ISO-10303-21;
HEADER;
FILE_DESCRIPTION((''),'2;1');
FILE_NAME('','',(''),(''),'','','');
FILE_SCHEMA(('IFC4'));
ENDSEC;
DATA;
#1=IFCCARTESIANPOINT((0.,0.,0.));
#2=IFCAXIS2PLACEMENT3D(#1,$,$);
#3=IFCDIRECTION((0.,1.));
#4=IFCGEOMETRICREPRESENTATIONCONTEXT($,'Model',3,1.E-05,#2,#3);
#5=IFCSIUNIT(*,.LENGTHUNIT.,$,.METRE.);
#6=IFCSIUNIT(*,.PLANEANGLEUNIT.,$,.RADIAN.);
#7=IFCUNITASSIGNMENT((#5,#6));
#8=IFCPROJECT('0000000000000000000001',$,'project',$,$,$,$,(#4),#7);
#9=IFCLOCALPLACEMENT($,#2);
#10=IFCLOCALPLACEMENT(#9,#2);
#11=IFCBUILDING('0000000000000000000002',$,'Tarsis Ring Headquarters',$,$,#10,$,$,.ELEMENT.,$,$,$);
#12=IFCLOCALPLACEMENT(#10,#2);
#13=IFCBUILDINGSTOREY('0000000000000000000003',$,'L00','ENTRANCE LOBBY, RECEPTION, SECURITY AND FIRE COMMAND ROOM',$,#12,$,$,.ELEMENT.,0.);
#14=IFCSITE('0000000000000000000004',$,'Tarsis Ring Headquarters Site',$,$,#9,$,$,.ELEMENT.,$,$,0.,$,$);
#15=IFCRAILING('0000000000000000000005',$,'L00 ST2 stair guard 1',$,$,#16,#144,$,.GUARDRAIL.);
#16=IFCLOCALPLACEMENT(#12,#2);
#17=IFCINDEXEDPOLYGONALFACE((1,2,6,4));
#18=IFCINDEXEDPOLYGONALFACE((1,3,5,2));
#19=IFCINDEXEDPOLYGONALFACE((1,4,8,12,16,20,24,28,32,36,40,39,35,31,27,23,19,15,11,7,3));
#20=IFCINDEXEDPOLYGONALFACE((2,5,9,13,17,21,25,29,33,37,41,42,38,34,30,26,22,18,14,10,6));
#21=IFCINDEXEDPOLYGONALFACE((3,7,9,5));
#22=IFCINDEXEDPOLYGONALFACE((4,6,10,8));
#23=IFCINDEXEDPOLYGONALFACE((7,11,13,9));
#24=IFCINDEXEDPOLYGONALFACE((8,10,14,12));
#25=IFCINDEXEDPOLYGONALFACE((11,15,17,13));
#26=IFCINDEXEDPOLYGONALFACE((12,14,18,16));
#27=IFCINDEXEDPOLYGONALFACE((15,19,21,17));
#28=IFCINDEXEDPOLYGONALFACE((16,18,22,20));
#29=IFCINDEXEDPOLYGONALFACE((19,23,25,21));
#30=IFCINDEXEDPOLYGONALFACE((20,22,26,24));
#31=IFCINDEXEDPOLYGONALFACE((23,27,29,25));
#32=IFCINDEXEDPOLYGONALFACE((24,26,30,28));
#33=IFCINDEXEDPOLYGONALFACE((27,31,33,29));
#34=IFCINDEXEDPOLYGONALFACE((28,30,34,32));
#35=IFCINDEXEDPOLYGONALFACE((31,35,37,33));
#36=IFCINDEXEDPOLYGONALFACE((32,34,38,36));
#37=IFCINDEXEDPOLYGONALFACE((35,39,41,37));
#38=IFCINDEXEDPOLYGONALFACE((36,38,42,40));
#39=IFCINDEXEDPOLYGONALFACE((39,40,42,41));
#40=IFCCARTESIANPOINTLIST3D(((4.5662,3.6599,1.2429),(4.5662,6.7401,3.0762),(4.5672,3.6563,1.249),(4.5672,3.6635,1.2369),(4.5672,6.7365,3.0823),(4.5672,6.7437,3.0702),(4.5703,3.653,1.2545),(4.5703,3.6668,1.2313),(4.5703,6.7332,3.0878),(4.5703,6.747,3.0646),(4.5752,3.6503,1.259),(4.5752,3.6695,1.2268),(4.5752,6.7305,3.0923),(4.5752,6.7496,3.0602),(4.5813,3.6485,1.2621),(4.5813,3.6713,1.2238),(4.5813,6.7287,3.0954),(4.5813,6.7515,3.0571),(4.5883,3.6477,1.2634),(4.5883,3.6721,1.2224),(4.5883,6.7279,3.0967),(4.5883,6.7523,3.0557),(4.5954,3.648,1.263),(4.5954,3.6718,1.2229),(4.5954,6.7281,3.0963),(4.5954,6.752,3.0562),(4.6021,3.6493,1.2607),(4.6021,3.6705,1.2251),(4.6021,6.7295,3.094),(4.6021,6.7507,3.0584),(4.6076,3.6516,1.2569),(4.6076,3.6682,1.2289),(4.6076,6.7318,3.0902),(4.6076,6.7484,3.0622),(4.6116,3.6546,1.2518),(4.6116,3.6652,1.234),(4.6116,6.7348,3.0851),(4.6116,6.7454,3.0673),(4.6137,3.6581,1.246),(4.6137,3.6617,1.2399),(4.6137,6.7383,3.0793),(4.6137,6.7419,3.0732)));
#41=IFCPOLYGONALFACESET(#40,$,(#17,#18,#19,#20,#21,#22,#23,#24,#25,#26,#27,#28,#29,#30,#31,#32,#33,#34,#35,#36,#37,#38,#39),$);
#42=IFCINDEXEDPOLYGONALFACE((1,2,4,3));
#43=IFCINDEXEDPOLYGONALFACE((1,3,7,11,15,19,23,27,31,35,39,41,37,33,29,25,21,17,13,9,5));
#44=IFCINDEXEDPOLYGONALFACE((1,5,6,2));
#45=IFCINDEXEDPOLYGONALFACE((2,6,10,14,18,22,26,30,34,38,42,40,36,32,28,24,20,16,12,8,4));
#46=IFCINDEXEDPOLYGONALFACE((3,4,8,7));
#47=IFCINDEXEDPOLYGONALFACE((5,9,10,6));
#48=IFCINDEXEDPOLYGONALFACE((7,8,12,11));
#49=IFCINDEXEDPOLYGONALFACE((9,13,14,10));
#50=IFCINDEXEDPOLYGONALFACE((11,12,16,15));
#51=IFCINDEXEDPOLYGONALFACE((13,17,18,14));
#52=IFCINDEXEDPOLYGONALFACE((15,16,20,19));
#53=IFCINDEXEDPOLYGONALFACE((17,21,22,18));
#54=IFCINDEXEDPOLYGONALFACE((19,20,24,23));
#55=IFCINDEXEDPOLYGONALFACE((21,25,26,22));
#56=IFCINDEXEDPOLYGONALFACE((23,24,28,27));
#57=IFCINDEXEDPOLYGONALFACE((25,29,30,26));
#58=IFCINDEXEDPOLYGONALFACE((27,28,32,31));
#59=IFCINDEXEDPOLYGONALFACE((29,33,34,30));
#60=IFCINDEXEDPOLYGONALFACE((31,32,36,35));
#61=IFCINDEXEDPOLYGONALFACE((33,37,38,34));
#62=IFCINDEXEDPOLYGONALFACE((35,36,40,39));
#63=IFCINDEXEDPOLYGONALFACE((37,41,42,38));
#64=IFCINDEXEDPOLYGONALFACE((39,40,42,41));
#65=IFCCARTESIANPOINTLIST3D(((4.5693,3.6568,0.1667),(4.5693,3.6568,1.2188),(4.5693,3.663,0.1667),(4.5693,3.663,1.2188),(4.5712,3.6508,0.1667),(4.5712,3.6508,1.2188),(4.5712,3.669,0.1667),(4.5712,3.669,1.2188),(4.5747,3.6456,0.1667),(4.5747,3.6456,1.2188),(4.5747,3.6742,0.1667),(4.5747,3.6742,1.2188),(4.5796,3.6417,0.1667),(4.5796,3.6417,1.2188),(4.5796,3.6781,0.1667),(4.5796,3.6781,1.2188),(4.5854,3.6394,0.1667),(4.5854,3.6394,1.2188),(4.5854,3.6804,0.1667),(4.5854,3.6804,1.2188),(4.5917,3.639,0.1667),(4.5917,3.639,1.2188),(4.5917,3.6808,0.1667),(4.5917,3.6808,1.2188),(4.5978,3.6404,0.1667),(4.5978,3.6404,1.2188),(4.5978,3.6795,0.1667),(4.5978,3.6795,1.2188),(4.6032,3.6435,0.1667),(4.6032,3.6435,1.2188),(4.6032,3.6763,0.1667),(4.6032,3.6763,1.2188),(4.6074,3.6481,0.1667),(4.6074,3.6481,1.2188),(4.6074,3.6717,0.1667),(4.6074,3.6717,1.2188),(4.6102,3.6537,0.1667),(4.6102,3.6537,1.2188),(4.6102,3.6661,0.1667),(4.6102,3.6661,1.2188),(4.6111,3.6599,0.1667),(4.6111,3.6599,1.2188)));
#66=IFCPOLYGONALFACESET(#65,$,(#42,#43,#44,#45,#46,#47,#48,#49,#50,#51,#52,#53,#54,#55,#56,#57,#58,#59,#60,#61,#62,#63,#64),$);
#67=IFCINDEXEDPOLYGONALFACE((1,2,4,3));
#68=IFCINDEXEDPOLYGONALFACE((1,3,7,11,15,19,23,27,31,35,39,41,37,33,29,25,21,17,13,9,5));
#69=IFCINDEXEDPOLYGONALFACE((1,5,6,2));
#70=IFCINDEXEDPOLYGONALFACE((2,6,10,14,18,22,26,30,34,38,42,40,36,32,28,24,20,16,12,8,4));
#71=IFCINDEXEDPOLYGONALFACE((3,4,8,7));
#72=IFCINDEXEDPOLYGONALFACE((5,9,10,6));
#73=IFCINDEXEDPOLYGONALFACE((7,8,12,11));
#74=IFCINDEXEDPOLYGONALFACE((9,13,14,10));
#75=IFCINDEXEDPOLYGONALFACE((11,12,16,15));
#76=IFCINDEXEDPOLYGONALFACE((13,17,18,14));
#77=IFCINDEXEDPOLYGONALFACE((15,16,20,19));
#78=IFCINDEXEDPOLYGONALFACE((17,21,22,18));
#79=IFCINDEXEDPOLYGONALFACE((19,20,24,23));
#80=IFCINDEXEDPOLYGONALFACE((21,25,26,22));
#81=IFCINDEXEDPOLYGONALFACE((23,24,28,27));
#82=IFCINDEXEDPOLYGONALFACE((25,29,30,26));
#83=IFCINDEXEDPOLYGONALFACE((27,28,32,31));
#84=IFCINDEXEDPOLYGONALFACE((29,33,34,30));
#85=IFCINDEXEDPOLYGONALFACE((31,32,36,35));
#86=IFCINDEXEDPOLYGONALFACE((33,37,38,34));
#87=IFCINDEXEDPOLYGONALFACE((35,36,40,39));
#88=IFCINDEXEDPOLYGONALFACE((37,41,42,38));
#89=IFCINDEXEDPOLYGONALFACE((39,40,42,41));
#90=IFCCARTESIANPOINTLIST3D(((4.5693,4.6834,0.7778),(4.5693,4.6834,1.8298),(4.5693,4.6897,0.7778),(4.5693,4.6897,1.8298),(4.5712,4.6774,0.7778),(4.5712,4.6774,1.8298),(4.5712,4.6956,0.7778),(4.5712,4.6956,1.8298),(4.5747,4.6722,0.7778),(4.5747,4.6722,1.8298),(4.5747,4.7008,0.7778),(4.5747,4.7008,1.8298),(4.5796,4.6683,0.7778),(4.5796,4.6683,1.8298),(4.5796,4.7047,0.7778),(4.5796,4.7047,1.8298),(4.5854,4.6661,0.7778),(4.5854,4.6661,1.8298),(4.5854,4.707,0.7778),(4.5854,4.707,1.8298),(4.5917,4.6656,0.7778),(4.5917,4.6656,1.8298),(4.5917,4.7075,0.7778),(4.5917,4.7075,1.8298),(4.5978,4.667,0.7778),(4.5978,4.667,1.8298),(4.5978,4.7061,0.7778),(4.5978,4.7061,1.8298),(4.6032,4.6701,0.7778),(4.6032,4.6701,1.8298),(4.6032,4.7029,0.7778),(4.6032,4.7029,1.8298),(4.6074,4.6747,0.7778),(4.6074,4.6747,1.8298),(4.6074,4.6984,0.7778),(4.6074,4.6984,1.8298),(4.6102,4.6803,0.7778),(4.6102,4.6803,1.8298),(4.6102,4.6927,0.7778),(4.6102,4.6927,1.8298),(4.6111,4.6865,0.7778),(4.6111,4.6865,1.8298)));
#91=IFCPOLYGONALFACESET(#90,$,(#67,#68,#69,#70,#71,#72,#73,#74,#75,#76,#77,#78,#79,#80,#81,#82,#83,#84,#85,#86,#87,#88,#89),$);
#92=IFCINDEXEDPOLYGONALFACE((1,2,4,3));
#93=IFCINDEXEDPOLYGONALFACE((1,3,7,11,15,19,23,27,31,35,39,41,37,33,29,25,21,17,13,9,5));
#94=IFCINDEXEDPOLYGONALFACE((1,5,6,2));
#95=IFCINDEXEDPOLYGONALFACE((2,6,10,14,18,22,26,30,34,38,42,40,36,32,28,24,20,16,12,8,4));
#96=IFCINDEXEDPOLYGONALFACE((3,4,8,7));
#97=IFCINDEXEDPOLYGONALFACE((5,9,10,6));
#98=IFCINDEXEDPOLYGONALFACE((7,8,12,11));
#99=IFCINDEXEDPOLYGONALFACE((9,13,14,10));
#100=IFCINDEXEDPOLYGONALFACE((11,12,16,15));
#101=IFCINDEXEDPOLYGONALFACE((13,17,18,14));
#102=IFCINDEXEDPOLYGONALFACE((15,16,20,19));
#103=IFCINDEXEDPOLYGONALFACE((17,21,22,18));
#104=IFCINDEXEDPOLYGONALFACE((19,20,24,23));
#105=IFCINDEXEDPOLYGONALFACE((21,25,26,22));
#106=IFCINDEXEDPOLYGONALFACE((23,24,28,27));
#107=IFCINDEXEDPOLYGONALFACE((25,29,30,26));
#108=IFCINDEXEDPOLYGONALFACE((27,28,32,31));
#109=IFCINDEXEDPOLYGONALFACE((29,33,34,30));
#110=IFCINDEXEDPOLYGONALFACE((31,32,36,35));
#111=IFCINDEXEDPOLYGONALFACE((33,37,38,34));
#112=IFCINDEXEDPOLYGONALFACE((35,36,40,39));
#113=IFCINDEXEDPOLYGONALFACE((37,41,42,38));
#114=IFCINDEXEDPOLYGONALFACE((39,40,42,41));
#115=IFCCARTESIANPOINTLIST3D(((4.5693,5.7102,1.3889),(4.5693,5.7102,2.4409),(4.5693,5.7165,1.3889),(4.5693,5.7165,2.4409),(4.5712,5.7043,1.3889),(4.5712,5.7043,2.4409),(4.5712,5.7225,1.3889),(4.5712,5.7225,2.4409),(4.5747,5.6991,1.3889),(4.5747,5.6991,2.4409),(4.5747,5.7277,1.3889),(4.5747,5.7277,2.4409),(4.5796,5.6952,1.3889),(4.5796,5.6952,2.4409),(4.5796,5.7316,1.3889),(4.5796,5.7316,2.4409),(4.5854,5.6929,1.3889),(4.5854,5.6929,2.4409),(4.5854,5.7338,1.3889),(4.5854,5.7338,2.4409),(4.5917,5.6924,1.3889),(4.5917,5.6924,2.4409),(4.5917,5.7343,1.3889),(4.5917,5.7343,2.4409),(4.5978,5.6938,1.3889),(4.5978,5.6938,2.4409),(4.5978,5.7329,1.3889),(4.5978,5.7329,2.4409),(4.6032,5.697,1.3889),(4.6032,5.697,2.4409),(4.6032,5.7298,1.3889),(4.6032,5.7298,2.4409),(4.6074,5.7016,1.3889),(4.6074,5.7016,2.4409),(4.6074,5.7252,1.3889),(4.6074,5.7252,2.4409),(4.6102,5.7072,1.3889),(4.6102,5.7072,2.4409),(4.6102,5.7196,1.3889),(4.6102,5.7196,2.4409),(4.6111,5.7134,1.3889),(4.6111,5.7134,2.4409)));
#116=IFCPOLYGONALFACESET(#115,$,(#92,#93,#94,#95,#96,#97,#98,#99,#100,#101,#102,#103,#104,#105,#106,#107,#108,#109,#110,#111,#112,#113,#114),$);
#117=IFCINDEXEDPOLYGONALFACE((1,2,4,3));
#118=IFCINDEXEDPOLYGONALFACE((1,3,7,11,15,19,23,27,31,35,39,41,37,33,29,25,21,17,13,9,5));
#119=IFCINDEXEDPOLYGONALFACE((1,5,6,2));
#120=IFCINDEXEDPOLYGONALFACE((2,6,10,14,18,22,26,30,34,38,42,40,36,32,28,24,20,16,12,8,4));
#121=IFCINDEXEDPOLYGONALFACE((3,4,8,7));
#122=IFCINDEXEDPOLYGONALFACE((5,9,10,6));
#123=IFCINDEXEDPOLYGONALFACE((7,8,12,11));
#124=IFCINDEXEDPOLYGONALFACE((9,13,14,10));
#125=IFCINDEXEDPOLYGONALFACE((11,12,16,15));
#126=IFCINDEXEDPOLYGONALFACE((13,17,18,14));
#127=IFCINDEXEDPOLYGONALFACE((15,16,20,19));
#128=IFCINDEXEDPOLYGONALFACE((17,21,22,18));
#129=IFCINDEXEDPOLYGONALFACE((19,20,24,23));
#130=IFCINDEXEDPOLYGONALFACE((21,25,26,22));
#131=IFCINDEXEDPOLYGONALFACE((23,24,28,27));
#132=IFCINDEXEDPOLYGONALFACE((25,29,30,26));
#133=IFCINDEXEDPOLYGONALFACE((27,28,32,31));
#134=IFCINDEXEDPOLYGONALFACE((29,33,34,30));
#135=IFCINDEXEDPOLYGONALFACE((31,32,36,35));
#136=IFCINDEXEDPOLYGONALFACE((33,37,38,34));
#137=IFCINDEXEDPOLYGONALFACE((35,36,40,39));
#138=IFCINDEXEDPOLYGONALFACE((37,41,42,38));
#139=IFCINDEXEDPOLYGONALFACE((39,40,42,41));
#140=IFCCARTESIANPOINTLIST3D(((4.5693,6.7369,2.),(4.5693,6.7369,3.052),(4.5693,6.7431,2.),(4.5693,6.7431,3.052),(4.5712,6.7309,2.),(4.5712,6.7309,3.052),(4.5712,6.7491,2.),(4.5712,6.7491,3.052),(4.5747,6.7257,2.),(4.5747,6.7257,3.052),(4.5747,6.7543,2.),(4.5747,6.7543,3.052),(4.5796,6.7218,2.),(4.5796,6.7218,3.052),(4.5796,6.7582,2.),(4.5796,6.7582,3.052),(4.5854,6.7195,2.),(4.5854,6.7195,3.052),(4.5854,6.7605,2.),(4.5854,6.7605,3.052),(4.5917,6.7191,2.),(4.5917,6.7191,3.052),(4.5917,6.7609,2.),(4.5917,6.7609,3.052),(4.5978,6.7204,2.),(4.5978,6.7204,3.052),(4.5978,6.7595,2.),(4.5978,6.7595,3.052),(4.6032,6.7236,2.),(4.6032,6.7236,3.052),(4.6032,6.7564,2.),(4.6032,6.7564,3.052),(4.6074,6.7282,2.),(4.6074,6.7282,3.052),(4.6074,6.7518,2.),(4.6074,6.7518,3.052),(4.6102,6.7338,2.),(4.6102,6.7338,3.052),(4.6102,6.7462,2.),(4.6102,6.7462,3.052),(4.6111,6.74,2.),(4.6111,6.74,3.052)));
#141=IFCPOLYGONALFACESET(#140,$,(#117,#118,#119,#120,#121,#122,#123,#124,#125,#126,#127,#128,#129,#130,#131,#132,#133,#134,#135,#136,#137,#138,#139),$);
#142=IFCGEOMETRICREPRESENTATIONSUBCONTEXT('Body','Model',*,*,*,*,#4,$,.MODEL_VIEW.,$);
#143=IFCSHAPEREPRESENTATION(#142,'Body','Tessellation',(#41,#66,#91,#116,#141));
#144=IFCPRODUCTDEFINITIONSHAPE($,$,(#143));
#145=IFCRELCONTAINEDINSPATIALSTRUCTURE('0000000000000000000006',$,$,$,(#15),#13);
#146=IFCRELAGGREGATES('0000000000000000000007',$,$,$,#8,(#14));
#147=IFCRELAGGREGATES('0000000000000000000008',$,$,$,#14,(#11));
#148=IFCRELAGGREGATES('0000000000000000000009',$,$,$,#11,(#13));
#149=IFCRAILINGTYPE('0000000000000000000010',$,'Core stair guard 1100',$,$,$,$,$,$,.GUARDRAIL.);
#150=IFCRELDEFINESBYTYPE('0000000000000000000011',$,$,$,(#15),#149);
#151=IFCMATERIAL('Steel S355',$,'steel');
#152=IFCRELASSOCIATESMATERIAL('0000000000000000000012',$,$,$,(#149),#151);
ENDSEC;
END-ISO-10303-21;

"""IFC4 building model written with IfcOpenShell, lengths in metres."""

from ifc_helpers import new_model, si_unit, direction, frame, origin, origin_2d, place, context, subcontext, project, spatial, circle, extrude, material, type_object, element, save


model = new_model("IFC4")

# Units and contexts
model_context = context("Model", 3, precision=1e-05, world=origin(), true_north=direction((0.0, 1.0)))
body_context = subcontext(model_context, "Body", "Model", "MODEL_VIEW")
ifc_project = project(units=[si_unit("LENGTHUNIT", "METRE"), si_unit("PLANEANGLEUNIT", "RADIAN")], contexts=[model_context])

# Site, building, storey
site_placement = place(None, origin())
site = spatial("IfcSite", under=ifc_project, at=site_placement, Name="Tarsis Ring Headquarters Site", CompositionType="ELEMENT", RefElevation=0.0)
building_placement = place(site_placement, origin())
building = spatial("IfcBuilding", under=site, at=building_placement, Name="Tarsis Ring Headquarters", CompositionType="ELEMENT")
storey_placement = place(building_placement, origin())
storey = spatial("IfcBuildingStorey", under=building, at=storey_placement, Name="L00", Description="ENTRANCE LOBBY, RECEPTION, SECURITY AND FIRE COMMAND ROOM", CompositionType="ELEMENT", Elevation=0.0)

# Railing
ifc_material_1 = material(Name="Steel S355", Category="steel")
railing_type_1 = type_object("IfcRailingType", Name="Core stair guard 1100", PredefinedType="GUARDRAIL", material=ifc_material_1)
railing_1_placement = place(storey_placement, frame((4.5901, 3.6599, 0.1667)))
element("IfcRailing", 1, at=railing_1_placement, inside=storey, type_object=railing_type_1, Name="L00 ST2 stair guard 1", PredefinedType="GUARDRAIL", context=body_context, shape_type="SweptSolid", body=[
    extrude(circle(Radius=0.0239, at=origin_2d()), frame((0.0, 0.0, 1.0762), z_axis=(0.0, 0.859309, 0.511458), x_axis=(-1.0, 0.0, 0.0)), (0.0, 0.0, 1.0), 3.5845),
    extrude(circle(Radius=0.021, at=origin_2d()), origin(), (0.0, 0.0, 1.0), 1.052),
    extrude(circle(Radius=0.021, at=origin_2d()), frame((0.0, 1.0266, 0.6111)), (0.0, 0.0, 1.0), 1.052),
    extrude(circle(Radius=0.021, at=origin_2d()), frame((0.0, 2.0535, 1.2222)), (0.0, 0.0, 1.0), 1.052),
    extrude(circle(Radius=0.021, at=origin_2d()), frame((0.0, 3.0801, 1.8333)), (0.0, 0.0, 1.0), 1.052),
])

save(model, "model.ifc")
